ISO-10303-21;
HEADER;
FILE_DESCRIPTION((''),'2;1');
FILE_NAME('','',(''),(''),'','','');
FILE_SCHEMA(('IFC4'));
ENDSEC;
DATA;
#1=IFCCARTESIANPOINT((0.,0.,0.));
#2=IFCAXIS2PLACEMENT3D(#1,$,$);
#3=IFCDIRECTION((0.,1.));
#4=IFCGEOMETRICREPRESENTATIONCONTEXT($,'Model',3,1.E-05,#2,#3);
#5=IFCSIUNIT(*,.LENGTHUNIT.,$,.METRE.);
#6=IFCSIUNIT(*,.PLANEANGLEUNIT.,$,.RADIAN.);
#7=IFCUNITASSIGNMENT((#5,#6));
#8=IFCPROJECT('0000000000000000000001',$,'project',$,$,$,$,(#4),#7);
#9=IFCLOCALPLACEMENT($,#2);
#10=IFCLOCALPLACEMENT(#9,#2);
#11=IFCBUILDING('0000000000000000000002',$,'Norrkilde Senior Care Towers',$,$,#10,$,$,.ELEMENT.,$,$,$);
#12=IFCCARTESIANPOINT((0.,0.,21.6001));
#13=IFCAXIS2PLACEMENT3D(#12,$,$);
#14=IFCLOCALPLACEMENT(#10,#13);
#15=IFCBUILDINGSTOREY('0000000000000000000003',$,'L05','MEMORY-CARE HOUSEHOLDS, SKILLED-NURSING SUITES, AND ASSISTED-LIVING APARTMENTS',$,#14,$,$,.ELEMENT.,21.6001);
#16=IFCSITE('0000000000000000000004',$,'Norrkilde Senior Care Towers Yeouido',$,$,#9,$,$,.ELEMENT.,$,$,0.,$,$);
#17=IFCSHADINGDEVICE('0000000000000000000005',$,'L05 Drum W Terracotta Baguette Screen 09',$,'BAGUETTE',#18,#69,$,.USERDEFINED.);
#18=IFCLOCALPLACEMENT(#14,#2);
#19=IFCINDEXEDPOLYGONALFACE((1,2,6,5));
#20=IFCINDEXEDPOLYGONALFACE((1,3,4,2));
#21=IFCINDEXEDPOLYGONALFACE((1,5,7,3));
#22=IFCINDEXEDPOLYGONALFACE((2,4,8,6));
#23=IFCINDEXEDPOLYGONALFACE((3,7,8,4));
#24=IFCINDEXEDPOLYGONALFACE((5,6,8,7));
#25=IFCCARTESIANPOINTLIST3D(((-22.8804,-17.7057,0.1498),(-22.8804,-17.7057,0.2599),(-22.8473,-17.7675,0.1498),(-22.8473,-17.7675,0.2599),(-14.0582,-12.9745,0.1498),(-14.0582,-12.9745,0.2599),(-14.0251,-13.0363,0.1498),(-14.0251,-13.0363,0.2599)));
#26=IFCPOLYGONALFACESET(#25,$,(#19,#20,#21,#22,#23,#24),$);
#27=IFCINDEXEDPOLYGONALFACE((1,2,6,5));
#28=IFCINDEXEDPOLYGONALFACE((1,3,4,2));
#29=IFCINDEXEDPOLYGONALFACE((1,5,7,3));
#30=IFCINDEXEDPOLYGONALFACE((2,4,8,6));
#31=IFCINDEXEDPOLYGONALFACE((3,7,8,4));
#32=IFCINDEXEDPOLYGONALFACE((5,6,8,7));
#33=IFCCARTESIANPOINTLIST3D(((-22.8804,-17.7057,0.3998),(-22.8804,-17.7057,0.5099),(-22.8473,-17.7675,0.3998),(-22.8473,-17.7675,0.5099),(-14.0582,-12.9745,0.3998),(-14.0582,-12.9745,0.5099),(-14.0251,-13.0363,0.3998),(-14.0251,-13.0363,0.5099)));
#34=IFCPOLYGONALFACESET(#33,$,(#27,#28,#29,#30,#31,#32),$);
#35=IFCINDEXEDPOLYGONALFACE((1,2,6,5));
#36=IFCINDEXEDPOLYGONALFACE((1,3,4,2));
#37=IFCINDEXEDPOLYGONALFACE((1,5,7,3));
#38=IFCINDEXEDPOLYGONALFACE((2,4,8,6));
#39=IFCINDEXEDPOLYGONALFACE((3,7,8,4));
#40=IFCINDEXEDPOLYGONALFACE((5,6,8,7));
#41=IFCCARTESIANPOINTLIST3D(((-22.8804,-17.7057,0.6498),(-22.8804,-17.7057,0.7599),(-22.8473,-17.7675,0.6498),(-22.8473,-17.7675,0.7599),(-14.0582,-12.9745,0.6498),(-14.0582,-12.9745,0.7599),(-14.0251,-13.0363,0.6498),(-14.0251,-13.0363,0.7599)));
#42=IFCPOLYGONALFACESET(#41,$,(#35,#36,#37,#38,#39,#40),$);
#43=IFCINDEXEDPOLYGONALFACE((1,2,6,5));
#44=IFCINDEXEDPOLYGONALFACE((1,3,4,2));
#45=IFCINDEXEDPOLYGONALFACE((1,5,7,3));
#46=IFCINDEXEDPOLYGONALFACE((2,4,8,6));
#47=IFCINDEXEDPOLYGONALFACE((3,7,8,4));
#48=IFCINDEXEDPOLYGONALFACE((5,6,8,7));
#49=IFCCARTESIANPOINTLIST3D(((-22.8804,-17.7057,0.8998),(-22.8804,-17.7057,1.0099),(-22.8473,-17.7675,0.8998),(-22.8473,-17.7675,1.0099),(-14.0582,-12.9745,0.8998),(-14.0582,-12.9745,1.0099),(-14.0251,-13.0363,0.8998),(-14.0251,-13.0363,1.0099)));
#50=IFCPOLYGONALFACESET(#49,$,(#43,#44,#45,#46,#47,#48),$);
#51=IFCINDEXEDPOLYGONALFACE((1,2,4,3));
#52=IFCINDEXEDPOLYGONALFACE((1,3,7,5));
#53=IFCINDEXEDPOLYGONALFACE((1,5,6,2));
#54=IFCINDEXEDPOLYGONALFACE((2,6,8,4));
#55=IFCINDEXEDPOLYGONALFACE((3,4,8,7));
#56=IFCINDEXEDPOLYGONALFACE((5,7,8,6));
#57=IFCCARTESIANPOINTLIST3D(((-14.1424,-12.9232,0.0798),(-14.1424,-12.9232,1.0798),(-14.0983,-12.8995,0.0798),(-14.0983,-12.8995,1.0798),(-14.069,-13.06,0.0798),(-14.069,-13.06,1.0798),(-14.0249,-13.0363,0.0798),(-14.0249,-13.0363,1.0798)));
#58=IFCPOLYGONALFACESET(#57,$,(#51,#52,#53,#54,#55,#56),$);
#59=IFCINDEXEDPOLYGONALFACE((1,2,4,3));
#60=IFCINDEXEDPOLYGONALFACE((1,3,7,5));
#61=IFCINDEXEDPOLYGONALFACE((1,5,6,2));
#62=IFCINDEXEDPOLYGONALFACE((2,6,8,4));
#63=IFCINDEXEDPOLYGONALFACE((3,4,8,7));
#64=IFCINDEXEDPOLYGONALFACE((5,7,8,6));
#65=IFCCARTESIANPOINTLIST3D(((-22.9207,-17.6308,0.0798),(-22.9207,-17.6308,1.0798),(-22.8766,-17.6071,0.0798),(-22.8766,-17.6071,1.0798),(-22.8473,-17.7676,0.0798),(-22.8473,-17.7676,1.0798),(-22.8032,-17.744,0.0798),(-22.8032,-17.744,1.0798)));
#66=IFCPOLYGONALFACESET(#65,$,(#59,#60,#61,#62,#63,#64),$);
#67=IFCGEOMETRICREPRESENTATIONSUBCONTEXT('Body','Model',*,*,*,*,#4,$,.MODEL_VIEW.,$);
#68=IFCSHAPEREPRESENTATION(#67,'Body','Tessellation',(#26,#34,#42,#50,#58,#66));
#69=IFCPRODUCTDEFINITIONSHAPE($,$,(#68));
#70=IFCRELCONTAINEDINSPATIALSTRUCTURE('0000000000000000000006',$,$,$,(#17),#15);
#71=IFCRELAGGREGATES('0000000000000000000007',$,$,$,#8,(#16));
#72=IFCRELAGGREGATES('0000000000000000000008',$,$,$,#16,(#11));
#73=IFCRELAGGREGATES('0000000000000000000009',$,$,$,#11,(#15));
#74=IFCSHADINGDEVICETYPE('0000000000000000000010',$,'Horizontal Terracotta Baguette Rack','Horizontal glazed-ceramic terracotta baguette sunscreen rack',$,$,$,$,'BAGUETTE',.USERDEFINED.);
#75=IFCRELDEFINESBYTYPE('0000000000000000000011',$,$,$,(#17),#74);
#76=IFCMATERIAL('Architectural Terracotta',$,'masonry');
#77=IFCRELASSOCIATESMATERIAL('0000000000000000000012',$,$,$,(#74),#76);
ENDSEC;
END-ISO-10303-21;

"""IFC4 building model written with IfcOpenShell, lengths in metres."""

from ifc_helpers import new_model, si_unit, direction, frame, origin, origin_2d, place, context, subcontext, project, spatial, rectangle, extrude, source, transform, mapped, material, type_object, type_shapes, element, save


model = new_model("IFC4")

# Units and contexts
model_context = context("Model", 3, precision=1e-05, world=origin(), true_north=direction((0.0, 1.0)))
body_context = subcontext(model_context, "Body", "Model", "MODEL_VIEW")
ifc_project = project(units=[si_unit("LENGTHUNIT", "METRE"), si_unit("PLANEANGLEUNIT", "RADIAN")], contexts=[model_context])

# Site, building, storey
site_placement = place(None, origin())
site = spatial("IfcSite", under=ifc_project, at=site_placement, Name="Norrkilde Senior Care Towers Yeouido", CompositionType="ELEMENT", RefElevation=0.0)
building_placement = place(site_placement, origin())
building = spatial("IfcBuilding", under=site, at=building_placement, Name="Norrkilde Senior Care Towers", CompositionType="ELEMENT")
storey_placement = place(building_placement, frame((0.0, 0.0, 21.6001)))
storey = spatial("IfcBuildingStorey", under=building, at=storey_placement, Name="L05", Description="MEMORY-CARE HOUSEHOLDS, SKILLED-NURSING SUITES, AND ASSISTED-LIVING APARTMENTS", CompositionType="ELEMENT", Elevation=21.6001)

# Shading device
ifc_material_1 = material(Name="Architectural Terracotta", Category="masonry")
shading_device_type = type_object("IfcShadingDeviceType", Name="Horizontal Terracotta Baguette Rack", Description="Horizontal glazed-ceramic terracotta baguette sunscreen rack", ElementType="BAGUETTE", PredefinedType="USERDEFINED", material=ifc_material_1)
shared_shape_1 = source(origin(), body_context, "Body", "SweptSolid", [
    extrude(rectangle(XDim=0.0701, YDim=0.1101, at=origin_2d()), frame((0.0, 0.0901, 0.125), z_axis=(1.0, 0.0, 0.0), x_axis=(0.0, 1.0, 0.0)), (0.0, 0.0, 1.0), 10.0107),
    extrude(rectangle(XDim=0.0701, YDim=0.1101, at=origin_2d()), frame((0.0, 0.0901, 0.375), z_axis=(1.0, 0.0, 0.0), x_axis=(0.0, 1.0, 0.0)), (0.0, 0.0, 1.0), 10.0107),
    extrude(rectangle(XDim=0.0701, YDim=0.1101, at=origin_2d()), frame((0.0, 0.0901, 0.625), z_axis=(1.0, 0.0, 0.0), x_axis=(0.0, 1.0, 0.0)), (0.0, 0.0, 1.0), 10.0107),
    extrude(rectangle(XDim=0.0701, YDim=0.1101, at=origin_2d()), frame((0.0, 0.0901, 0.875), z_axis=(1.0, 0.0, 0.0), x_axis=(0.0, 1.0, 0.0)), (0.0, 0.0, 1.0), 10.0107),
    extrude(rectangle(XDim=0.05, YDim=0.1553, at=origin_2d()), frame((0.0249, 0.0476, 0.0)), (0.0, 0.0, 1.0), 1.0),
    extrude(rectangle(XDim=0.05, YDim=0.1553, at=origin_2d()), frame((9.9858, 0.0476, 0.0)), (0.0, 0.0, 1.0), 1.0),
])
type_shapes(shading_device_type, [shared_shape_1])
shading_device_placement = place(storey_placement, frame((-14.0842, -12.926, 0.0798), z_axis=(0.0, 0.0, 1.0), x_axis=(-0.88128, -0.472612, 0.0)))
element("IfcShadingDevice", 1, at=shading_device_placement, inside=storey, type_object=shading_device_type, Name="L05 Drum W Terracotta Baguette Screen 09", ObjectType="BAGUETTE", PredefinedType="USERDEFINED", context=body_context, shape_type="MappedRepresentation", body=[
    mapped(shared_shape_1, transform((0.0, 0.0, 0.0), x_axis=(1.0, 0.0, 0.0), y_axis=(0.0, 1.0, 0.0), z_axis=(0.0, 0.0, 1.0), scale=1.0)),
])

save(model, "model.ifc")
